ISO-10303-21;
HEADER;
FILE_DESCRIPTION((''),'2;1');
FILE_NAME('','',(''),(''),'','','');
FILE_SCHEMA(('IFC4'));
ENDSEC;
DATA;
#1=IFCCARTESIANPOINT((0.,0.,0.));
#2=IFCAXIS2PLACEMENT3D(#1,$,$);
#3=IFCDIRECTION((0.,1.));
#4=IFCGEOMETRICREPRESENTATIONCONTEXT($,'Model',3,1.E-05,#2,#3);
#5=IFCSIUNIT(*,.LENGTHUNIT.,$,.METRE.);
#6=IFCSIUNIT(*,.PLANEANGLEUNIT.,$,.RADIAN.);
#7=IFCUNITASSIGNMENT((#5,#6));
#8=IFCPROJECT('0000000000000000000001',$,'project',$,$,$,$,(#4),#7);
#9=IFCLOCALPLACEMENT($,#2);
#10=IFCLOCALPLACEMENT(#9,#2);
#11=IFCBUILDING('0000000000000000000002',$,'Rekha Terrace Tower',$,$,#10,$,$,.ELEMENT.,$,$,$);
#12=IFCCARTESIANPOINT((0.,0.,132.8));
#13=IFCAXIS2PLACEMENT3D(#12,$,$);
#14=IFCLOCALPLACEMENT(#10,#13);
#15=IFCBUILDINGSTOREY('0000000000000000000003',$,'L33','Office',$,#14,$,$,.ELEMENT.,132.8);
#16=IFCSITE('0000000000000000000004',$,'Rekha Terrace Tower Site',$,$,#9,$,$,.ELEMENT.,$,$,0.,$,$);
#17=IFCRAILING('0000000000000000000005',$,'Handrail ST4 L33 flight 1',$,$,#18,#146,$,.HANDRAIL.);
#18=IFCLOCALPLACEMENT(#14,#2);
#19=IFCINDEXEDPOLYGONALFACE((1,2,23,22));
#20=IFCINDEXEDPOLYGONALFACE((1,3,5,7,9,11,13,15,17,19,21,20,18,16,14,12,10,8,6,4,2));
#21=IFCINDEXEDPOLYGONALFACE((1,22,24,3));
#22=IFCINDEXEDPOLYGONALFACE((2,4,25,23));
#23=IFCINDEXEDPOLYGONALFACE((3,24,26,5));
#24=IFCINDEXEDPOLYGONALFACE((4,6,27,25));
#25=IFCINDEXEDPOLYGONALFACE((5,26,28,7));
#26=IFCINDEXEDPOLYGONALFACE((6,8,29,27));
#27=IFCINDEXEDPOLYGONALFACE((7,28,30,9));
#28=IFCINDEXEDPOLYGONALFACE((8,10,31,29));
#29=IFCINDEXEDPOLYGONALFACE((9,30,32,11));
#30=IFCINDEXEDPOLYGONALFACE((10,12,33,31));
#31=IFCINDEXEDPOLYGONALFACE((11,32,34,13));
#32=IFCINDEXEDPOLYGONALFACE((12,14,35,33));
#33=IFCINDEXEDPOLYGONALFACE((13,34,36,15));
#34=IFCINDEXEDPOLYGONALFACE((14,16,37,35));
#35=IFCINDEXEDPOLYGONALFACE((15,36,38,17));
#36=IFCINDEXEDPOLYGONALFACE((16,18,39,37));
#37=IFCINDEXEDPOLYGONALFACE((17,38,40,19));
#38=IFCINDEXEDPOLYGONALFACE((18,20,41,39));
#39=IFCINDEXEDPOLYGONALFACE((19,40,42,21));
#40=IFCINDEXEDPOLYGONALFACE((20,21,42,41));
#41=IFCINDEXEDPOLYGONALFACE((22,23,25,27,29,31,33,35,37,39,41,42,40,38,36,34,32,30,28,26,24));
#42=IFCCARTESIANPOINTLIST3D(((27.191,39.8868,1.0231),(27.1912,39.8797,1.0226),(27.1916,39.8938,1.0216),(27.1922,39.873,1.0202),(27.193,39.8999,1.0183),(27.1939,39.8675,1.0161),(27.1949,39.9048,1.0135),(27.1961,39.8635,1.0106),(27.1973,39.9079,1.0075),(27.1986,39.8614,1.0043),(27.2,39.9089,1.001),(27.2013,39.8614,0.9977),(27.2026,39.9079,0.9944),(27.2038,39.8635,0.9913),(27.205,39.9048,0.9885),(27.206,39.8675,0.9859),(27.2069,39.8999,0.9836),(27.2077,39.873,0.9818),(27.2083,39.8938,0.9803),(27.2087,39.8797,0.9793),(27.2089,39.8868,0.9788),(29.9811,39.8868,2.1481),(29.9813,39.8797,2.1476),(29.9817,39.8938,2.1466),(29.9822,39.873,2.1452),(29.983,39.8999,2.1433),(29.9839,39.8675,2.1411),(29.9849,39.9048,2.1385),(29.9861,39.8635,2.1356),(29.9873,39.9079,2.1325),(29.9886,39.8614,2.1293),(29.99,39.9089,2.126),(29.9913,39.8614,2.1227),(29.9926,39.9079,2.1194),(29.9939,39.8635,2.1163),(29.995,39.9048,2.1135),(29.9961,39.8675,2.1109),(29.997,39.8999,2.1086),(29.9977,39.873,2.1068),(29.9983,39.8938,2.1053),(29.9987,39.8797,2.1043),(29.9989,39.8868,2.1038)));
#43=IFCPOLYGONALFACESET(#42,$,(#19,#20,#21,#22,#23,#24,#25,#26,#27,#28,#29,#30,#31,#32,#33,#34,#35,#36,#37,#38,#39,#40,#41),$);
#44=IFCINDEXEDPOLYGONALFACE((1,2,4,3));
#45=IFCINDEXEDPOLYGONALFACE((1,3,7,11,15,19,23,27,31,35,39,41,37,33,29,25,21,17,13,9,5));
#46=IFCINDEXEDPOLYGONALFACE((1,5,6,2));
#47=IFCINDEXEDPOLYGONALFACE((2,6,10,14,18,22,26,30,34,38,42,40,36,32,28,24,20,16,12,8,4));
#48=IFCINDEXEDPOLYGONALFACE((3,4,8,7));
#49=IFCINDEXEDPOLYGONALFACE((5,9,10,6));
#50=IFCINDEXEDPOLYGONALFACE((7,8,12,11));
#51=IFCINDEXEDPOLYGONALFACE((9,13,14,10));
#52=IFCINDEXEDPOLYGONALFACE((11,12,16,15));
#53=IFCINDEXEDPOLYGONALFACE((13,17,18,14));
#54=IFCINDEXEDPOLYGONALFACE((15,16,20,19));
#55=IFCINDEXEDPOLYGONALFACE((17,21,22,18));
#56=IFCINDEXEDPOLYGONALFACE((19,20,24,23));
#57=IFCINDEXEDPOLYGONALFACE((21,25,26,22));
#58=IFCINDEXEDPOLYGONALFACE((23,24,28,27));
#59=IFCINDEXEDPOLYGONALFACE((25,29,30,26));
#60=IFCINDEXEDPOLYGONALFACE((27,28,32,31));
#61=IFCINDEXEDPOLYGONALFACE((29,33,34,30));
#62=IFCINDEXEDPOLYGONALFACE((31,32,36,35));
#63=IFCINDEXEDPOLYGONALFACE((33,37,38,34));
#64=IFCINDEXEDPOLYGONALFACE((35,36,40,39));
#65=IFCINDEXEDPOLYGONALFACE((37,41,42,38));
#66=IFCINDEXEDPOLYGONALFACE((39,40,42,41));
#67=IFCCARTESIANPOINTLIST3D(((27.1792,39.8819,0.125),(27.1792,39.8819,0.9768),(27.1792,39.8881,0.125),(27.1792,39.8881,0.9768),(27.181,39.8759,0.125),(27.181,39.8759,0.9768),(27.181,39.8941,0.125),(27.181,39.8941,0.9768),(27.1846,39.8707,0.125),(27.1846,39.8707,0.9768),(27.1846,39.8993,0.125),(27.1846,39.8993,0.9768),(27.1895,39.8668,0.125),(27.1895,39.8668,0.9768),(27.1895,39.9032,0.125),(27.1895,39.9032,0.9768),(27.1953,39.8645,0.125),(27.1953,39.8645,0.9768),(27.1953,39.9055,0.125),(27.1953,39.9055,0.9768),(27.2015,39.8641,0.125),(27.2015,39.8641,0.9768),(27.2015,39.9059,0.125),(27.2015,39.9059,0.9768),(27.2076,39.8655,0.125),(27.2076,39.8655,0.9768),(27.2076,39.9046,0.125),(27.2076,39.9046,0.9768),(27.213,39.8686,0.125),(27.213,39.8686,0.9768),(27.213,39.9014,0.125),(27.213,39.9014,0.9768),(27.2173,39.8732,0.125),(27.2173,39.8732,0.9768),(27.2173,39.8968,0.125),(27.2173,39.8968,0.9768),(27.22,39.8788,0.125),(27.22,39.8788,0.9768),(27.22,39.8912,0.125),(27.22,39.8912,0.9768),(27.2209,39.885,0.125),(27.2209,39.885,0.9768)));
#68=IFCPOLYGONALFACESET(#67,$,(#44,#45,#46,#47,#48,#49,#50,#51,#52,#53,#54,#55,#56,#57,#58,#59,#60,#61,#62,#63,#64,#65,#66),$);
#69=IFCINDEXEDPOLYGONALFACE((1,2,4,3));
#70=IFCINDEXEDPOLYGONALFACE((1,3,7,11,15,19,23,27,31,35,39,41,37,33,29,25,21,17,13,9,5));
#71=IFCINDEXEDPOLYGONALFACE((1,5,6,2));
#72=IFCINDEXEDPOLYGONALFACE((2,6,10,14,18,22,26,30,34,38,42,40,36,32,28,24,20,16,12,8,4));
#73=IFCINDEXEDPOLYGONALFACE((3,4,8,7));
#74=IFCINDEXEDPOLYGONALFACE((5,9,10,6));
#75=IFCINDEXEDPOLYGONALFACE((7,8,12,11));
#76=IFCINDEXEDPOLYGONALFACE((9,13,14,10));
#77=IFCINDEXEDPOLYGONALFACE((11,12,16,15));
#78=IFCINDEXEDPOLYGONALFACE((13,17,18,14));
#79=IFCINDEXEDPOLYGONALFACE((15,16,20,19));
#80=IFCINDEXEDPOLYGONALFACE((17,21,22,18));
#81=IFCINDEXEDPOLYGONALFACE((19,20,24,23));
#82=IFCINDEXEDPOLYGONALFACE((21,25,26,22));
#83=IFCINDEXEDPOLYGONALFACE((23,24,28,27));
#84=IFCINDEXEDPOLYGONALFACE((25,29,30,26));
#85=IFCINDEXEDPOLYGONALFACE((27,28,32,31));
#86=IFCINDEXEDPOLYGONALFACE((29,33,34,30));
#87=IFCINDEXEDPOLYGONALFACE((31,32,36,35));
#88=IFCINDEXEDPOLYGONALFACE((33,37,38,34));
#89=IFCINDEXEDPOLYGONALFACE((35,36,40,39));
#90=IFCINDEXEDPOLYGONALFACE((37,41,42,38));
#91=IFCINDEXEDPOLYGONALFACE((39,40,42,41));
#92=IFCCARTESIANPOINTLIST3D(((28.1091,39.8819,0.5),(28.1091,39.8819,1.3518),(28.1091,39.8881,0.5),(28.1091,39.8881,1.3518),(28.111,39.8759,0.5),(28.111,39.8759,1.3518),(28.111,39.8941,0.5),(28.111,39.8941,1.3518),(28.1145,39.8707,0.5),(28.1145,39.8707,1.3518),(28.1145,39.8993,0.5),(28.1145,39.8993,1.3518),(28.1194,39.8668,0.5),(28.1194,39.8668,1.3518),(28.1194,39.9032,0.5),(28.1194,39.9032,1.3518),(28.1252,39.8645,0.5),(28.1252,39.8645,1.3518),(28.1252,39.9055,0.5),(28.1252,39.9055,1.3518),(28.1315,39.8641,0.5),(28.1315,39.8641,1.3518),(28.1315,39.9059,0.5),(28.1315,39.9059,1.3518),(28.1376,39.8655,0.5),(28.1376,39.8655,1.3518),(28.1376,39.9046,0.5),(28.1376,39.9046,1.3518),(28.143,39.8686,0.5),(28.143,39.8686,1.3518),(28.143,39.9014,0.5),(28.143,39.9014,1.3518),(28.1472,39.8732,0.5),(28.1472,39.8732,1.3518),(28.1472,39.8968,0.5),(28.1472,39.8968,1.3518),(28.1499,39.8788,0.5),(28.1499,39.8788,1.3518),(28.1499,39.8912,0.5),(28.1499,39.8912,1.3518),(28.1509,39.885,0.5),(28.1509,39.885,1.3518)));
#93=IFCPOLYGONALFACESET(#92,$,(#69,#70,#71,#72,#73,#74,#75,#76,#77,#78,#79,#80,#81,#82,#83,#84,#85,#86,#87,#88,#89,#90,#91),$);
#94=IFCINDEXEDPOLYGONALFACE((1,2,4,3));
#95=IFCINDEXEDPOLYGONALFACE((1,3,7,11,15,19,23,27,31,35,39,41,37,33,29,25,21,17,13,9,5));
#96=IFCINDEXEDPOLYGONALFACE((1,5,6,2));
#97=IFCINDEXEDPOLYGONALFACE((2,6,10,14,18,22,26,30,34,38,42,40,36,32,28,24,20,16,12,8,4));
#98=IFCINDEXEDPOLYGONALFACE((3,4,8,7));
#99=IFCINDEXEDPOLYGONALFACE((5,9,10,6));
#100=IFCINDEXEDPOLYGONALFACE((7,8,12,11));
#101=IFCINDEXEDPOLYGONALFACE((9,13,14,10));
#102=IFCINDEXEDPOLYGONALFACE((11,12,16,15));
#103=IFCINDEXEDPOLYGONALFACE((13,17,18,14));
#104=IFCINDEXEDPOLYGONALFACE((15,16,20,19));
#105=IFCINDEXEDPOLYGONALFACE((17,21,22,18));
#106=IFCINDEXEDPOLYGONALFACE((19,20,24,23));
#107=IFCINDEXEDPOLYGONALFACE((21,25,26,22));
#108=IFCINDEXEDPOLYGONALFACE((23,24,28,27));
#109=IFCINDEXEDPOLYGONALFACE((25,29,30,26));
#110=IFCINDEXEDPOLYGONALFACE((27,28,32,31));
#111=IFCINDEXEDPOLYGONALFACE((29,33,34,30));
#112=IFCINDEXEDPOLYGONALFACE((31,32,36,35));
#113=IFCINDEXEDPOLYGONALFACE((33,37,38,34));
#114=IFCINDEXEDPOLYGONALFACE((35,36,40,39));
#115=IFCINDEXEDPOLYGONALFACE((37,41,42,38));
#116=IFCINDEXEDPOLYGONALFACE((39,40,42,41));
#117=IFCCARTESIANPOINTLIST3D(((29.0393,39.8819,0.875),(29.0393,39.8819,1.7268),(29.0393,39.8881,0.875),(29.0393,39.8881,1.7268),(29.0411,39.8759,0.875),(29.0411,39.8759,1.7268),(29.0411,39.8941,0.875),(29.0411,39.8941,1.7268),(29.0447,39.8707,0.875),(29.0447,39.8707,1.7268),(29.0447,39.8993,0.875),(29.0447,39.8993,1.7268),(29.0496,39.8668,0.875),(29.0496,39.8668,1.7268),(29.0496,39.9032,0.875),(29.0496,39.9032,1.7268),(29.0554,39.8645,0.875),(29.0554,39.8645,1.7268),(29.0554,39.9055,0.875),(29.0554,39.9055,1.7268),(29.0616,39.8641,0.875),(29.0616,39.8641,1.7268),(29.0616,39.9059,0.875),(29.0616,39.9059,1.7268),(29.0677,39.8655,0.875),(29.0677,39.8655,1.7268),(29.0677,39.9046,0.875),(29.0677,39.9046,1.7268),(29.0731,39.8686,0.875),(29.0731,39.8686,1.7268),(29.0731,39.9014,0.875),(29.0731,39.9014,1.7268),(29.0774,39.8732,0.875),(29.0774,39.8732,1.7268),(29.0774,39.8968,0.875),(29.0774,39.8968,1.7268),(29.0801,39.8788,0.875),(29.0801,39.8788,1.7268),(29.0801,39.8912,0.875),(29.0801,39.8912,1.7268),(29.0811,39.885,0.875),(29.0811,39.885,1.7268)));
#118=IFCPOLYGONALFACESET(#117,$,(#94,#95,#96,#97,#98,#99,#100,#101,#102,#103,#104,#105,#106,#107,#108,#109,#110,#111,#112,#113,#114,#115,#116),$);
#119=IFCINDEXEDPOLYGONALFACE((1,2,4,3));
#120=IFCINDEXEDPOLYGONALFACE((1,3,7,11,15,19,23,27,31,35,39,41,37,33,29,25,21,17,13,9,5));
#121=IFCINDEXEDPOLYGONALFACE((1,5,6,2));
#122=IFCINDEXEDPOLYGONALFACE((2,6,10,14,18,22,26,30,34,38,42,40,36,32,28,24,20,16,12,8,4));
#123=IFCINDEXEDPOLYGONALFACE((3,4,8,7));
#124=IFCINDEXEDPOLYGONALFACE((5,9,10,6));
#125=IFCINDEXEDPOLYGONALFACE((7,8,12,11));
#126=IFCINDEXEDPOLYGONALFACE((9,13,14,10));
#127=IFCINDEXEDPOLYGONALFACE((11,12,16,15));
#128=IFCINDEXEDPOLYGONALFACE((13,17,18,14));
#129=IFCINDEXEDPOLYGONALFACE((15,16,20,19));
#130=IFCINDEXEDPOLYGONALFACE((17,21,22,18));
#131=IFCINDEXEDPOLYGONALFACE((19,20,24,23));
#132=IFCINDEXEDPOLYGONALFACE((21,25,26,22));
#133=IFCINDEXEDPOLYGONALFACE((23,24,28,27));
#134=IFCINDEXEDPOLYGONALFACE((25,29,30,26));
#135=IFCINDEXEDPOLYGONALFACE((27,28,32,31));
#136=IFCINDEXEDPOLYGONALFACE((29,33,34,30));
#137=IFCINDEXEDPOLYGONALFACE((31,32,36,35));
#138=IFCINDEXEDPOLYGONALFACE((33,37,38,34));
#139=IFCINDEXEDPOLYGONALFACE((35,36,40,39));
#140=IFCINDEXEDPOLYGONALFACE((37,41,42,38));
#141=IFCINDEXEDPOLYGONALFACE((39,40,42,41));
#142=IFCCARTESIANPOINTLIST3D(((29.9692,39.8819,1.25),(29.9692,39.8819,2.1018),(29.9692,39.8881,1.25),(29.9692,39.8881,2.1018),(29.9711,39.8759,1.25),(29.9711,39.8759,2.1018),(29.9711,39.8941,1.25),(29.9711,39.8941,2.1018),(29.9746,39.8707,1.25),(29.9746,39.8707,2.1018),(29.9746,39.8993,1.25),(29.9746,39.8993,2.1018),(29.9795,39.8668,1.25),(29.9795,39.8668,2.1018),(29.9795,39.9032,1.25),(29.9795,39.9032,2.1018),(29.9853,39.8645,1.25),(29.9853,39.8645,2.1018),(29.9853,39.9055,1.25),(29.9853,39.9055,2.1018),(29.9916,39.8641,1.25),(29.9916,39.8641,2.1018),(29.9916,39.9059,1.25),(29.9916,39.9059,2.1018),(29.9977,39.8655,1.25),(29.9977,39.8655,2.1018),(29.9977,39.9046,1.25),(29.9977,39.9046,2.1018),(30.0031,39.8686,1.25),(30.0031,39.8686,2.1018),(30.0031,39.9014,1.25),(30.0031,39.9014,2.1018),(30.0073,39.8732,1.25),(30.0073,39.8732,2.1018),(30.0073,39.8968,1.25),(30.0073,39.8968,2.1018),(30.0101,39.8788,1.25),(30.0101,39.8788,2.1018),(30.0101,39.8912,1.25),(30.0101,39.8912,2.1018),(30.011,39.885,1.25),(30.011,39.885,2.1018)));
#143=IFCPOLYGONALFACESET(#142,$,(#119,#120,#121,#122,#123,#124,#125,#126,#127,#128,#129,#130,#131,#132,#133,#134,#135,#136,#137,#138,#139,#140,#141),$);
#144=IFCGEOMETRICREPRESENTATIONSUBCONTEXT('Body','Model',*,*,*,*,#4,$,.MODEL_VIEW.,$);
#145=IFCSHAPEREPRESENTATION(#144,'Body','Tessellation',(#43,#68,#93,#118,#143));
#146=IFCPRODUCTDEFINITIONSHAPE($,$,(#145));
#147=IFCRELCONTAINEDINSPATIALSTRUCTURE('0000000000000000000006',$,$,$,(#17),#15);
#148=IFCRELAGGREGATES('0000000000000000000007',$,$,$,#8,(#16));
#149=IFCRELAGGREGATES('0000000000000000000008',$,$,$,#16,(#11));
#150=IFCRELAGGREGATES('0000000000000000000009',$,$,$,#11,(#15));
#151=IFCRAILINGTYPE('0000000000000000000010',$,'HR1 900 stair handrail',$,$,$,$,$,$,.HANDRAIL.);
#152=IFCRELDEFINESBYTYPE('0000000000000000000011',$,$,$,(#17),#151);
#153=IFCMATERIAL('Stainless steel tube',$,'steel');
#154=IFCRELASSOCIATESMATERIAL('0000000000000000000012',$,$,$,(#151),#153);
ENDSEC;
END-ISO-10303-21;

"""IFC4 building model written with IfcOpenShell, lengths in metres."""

from ifc_helpers import new_model, si_unit, direction, frame, origin, origin_2d, place, context, subcontext, project, spatial, circle, extrude, material, type_object, element, save


model = new_model("IFC4")

# Units and contexts
model_context = context("Model", 3, precision=1e-05, world=origin(), true_north=direction((0.0, 1.0)))
body_context = subcontext(model_context, "Body", "Model", "MODEL_VIEW")
ifc_project = project(units=[si_unit("LENGTHUNIT", "METRE"), si_unit("PLANEANGLEUNIT", "RADIAN")], contexts=[model_context])

# Site, building, storey
site_placement = place(None, origin())
site = spatial("IfcSite", under=ifc_project, at=site_placement, Name="Rekha Terrace Tower Site", CompositionType="ELEMENT", RefElevation=0.0)
building_placement = place(site_placement, origin())
building = spatial("IfcBuilding", under=site, at=building_placement, Name="Rekha Terrace Tower", CompositionType="ELEMENT")
storey_placement = place(building_placement, frame((0.0, 0.0, 132.8)))
storey = spatial("IfcBuildingStorey", under=building, at=storey_placement, Name="L33", Description="Office", CompositionType="ELEMENT", Elevation=132.8)

# Railing
ifc_material_1 = material(Name="Stainless steel tube", Category="steel")
railing_type_1 = type_object("IfcRailingType", Name="HR1 900 stair handrail", PredefinedType="HANDRAIL", material=ifc_material_1)
railing_1_placement = place(storey_placement, frame((27.2, 39.885, 0.125)))
element("IfcRailing", 1, at=railing_1_placement, inside=storey, type_object=railing_type_1, Name="Handrail ST4 L33 flight 1", PredefinedType="HANDRAIL", context=body_context, shape_type="SweptSolid", body=[
    extrude(circle(Radius=0.0239, at=origin_2d()), frame((0.0, 0.0, 0.876), z_axis=(0.927443, 0.0, 0.373964), x_axis=(0.0, 1.0, 0.0)), (0.0, 0.0, 1.0), 3.0083),
    extrude(circle(Radius=0.021, at=origin_2d()), origin(), (0.0, 0.0, 1.0), 0.8518),
    extrude(circle(Radius=0.021, at=origin_2d()), frame((0.9299, 0.0, 0.375)), (0.0, 0.0, 1.0), 0.8518),
    extrude(circle(Radius=0.021, at=origin_2d()), frame((1.8601, 0.0, 0.75)), (0.0, 0.0, 1.0), 0.8518),
    extrude(circle(Radius=0.021, at=origin_2d()), frame((2.79, 0.0, 1.125)), (0.0, 0.0, 1.0), 0.8518),
])

save(model, "model.ifc")
